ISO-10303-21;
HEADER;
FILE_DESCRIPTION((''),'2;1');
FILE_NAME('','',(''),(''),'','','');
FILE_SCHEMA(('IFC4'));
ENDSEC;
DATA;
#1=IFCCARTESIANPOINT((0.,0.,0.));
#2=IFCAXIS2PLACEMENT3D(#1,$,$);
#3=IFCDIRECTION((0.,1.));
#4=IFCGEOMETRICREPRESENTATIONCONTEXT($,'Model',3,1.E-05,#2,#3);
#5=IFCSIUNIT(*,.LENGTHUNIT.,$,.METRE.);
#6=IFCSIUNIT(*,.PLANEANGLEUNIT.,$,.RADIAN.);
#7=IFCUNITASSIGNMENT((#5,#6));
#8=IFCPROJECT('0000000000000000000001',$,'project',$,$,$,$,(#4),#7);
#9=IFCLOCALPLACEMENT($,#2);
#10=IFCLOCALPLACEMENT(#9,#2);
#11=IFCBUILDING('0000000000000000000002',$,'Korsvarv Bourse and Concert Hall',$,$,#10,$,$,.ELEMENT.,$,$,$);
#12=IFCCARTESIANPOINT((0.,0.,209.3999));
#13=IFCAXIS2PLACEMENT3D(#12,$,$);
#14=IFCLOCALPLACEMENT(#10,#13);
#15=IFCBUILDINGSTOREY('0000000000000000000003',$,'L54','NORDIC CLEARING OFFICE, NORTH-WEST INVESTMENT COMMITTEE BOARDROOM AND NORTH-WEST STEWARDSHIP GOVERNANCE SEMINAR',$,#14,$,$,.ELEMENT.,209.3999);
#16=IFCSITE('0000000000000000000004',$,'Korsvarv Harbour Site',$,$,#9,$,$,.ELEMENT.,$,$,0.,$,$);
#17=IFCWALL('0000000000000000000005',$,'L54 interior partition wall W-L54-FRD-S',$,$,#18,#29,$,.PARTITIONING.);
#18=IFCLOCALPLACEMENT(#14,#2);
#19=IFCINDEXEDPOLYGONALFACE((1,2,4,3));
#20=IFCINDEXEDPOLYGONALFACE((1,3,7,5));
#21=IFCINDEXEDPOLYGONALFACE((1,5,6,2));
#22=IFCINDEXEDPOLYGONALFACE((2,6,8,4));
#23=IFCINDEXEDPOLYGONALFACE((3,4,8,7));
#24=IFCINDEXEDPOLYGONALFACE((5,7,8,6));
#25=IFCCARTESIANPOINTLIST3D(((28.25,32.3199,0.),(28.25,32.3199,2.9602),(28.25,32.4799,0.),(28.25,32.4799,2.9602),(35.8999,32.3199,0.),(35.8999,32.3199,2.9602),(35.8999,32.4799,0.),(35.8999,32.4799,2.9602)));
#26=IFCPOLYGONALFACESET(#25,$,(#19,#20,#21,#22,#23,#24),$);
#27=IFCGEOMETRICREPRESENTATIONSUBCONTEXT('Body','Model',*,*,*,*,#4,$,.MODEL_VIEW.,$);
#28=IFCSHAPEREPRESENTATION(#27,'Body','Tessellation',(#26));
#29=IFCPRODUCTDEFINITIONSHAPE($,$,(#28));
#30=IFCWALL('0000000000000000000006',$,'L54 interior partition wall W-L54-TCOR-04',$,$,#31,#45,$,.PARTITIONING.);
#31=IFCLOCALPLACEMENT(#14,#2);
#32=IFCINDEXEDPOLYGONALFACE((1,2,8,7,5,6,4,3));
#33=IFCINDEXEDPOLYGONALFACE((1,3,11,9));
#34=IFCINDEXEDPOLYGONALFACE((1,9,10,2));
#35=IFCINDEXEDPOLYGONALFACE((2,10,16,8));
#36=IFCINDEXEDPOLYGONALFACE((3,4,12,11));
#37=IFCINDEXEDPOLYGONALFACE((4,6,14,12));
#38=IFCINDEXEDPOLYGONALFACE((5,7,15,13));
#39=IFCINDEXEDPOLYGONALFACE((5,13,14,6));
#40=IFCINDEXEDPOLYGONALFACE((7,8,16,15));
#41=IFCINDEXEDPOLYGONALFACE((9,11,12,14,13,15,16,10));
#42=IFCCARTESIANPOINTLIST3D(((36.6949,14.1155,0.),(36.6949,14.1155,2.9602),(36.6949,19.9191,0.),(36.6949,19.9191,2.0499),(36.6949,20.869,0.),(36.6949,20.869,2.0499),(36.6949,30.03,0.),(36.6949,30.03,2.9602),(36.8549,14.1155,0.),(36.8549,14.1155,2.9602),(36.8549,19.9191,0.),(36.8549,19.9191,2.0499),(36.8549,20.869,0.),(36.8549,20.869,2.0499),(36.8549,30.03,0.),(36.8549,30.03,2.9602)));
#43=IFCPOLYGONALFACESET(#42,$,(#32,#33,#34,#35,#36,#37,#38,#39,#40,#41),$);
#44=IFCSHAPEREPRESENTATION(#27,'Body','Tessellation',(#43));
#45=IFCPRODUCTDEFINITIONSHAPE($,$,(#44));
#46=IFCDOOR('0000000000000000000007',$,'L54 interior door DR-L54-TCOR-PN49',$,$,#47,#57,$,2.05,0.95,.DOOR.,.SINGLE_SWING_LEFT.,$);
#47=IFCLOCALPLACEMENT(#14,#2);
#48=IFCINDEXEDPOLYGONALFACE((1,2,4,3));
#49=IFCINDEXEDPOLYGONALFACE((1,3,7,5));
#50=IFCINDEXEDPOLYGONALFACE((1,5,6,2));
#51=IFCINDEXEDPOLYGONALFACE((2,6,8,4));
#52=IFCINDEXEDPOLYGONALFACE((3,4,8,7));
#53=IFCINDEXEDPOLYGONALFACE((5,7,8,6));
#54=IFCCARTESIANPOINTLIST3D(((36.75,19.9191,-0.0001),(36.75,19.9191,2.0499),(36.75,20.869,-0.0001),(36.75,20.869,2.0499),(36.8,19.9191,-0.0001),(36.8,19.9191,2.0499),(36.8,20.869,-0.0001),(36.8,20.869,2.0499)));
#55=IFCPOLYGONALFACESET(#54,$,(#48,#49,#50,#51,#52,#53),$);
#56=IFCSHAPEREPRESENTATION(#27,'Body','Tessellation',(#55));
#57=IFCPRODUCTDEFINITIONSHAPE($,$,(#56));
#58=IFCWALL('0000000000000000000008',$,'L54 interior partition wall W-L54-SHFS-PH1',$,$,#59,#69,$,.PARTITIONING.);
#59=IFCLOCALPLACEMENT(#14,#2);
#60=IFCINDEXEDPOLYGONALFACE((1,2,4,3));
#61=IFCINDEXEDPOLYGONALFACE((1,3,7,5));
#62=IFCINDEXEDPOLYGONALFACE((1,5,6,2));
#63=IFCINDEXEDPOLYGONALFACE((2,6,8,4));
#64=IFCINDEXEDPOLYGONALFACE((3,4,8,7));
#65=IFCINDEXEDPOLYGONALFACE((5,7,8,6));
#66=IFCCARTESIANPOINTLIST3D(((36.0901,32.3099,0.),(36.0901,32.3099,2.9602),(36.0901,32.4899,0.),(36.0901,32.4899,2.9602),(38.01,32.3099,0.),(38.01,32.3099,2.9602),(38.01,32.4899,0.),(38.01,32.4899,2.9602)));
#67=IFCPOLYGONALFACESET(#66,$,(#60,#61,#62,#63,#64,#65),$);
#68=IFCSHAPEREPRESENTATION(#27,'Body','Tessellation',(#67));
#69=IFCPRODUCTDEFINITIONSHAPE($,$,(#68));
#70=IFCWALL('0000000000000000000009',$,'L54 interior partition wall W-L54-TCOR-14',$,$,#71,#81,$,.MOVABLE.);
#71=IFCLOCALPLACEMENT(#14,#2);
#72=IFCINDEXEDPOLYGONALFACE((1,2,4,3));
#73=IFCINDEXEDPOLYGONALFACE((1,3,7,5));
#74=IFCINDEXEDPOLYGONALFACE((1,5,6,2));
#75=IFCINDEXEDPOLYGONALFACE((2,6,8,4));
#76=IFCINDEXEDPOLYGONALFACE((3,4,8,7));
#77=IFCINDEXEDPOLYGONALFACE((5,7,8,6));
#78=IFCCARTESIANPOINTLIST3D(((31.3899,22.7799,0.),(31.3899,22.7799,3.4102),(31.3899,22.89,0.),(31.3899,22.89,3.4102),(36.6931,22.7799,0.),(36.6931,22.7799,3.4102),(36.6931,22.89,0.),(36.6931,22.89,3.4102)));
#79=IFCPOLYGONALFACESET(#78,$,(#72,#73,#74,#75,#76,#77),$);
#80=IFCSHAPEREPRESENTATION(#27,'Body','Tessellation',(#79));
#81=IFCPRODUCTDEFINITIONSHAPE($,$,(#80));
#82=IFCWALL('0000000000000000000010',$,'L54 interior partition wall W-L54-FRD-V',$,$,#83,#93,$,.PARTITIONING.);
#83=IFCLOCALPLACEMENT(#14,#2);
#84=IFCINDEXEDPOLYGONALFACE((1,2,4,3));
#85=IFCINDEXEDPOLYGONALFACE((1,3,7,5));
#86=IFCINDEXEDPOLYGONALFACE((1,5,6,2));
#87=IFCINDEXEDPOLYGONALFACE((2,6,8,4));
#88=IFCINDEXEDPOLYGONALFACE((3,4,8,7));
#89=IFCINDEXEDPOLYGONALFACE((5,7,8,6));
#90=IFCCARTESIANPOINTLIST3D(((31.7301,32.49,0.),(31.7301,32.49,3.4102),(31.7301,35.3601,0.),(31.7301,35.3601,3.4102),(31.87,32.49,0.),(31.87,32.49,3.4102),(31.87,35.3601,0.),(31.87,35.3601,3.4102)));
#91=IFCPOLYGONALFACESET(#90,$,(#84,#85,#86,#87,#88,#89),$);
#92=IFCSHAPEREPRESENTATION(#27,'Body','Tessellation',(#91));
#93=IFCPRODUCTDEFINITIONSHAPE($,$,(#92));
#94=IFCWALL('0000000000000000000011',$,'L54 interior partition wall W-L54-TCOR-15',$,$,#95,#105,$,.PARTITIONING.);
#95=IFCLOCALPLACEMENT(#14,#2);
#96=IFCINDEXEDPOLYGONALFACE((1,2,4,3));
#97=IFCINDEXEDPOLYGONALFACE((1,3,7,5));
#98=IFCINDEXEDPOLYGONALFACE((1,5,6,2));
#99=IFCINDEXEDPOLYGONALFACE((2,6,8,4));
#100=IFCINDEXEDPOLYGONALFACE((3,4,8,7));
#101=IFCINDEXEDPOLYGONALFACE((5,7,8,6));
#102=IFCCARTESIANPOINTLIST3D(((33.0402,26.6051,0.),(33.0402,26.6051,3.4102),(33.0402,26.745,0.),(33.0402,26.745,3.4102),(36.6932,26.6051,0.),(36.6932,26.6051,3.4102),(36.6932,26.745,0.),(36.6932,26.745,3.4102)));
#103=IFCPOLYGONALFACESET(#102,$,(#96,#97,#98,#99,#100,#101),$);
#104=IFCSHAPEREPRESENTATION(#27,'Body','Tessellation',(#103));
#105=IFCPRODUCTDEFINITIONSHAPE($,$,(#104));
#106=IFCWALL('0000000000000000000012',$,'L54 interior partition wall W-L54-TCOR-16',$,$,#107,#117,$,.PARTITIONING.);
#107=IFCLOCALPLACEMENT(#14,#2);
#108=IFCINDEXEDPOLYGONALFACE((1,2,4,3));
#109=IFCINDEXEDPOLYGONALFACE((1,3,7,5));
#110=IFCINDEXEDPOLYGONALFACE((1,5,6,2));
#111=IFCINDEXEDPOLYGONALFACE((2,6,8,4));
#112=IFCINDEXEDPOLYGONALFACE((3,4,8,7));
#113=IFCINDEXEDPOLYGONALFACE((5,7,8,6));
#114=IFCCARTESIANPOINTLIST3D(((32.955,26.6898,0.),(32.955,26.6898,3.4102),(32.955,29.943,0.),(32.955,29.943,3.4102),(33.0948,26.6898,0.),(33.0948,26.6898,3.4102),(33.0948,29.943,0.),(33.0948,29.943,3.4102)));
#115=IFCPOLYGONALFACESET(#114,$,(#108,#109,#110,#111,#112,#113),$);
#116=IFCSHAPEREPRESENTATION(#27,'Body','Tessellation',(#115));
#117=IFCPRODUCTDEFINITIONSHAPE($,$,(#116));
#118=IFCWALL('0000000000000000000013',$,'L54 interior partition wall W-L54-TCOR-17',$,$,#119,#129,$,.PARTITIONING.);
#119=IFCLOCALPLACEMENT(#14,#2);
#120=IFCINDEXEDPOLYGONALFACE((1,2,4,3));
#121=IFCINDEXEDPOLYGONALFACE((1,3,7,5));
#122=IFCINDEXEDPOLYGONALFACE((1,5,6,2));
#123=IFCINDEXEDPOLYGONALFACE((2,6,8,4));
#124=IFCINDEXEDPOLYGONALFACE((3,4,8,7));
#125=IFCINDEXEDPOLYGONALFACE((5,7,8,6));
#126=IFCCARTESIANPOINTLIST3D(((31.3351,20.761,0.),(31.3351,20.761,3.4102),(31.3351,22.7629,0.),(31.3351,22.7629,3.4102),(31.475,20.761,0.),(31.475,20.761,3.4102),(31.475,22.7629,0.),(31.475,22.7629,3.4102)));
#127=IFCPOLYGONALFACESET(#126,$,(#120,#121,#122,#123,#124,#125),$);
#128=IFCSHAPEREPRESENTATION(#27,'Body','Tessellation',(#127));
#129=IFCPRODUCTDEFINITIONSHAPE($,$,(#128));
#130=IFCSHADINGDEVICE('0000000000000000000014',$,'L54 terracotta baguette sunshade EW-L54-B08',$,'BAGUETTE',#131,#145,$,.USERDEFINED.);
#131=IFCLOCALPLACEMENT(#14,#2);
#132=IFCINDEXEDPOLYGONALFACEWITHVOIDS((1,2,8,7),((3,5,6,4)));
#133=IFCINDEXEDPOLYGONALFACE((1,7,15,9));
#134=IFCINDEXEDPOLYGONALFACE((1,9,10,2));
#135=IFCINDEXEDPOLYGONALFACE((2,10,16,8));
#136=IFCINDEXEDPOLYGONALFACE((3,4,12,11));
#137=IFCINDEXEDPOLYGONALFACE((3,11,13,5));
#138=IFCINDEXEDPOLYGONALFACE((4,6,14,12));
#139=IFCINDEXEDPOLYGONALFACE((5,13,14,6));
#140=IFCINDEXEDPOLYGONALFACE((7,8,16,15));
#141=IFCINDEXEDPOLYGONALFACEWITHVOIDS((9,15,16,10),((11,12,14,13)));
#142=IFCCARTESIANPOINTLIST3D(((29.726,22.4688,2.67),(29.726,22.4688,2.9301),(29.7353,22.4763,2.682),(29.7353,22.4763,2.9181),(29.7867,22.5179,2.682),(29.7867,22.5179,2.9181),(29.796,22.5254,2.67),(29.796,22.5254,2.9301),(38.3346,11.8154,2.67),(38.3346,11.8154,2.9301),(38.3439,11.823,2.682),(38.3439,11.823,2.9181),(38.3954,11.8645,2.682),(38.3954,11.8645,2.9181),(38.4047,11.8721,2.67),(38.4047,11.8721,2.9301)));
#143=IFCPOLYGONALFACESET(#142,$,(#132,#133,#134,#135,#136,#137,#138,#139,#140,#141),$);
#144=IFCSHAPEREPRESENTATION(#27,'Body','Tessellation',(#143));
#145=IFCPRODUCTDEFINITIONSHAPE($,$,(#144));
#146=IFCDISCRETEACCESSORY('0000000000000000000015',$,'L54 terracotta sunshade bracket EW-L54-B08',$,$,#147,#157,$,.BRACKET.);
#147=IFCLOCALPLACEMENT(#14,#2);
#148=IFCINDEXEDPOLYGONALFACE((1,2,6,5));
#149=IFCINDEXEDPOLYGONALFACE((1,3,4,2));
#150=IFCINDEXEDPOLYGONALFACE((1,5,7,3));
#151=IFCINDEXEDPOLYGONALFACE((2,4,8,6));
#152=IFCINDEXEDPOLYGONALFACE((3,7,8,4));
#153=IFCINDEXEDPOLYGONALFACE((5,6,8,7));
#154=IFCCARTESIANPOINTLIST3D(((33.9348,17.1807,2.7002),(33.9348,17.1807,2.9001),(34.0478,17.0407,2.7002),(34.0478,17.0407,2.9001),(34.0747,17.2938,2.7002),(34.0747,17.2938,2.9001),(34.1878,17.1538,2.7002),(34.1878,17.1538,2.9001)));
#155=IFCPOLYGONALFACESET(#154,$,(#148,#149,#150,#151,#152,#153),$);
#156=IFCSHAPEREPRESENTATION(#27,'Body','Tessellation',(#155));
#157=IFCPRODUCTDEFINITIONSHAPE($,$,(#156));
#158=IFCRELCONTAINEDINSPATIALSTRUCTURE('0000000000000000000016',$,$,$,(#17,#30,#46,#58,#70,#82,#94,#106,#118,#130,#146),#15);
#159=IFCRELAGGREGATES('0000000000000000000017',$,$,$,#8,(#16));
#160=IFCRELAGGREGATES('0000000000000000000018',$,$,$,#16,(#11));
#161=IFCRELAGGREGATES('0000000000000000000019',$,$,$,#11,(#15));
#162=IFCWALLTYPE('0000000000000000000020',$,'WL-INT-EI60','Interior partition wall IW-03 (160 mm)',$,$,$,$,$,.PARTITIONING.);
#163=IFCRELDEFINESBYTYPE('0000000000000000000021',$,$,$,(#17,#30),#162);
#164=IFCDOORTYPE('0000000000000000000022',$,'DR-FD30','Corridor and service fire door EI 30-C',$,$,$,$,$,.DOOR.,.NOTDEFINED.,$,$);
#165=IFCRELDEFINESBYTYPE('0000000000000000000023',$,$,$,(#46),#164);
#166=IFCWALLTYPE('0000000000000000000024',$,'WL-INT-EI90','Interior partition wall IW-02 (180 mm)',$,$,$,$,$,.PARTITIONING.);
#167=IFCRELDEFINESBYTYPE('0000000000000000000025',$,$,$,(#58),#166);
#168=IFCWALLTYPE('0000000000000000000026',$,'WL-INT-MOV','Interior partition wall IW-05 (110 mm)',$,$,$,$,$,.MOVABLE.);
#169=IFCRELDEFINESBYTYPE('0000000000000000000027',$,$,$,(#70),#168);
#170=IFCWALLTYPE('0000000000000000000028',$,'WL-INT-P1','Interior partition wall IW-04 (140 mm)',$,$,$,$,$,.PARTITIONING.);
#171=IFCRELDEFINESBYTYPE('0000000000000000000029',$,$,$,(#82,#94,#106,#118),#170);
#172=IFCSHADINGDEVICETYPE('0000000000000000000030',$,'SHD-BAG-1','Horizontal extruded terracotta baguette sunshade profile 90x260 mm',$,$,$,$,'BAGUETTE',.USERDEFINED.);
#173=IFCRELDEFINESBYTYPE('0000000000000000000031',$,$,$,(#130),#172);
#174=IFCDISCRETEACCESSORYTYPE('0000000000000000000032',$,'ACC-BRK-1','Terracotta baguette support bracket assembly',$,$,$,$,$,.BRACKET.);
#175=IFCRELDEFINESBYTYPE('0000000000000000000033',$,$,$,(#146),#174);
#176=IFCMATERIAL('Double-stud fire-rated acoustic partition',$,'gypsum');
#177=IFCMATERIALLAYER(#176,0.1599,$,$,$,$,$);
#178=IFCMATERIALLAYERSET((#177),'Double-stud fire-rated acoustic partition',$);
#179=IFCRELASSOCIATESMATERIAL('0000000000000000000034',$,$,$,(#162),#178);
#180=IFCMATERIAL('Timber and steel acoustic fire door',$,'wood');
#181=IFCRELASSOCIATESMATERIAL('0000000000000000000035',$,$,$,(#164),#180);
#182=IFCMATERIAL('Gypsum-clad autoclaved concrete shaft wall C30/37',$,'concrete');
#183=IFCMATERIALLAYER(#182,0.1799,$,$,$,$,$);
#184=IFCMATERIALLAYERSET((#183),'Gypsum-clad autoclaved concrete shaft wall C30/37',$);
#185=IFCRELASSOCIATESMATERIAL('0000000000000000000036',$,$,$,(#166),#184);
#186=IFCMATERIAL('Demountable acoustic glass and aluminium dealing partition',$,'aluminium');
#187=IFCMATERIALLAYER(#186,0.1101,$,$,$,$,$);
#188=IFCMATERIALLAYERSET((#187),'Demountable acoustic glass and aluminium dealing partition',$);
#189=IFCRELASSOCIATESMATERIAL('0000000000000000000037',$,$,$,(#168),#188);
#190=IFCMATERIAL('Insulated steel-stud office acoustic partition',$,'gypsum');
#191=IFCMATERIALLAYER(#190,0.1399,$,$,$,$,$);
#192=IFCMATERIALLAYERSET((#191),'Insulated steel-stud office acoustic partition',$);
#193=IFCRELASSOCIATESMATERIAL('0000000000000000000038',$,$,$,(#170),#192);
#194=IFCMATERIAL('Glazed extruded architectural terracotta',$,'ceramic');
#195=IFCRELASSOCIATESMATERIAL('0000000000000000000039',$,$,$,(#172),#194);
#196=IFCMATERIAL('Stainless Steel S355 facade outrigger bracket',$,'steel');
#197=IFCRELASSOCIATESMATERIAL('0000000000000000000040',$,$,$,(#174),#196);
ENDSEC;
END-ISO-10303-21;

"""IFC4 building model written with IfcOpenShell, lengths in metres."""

from ifc_helpers import new_model, si_unit, direction, frame, frame_2d, origin, origin_2d, place, context, subcontext, project, spatial, rectangle, hollow_rectangle, extrude, source, transform, mapped, material, layer, layer_set, material_profile, profile_set, type_object, element, fill, save


model = new_model("IFC4")

# Units and contexts
model_context = context("Model", 3, precision=1e-05, world=origin(), true_north=direction((0.0, 1.0)))
body_context = subcontext(model_context, "Body", "Model", "MODEL_VIEW")
ifc_project = project(units=[si_unit("LENGTHUNIT", "METRE"), si_unit("PLANEANGLEUNIT", "RADIAN")], contexts=[model_context])

# Site, building, storey
site_placement = place(None, origin())
site = spatial("IfcSite", under=ifc_project, at=site_placement, Name="Korsvarv Harbour Site", CompositionType="ELEMENT", RefElevation=0.0)
building_placement = place(site_placement, origin())
building = spatial("IfcBuilding", under=site, at=building_placement, Name="Korsvarv Bourse and Concert Hall", CompositionType="ELEMENT")
storey_placement = place(building_placement, frame((0.0, 0.0, 209.3999)))
storey = spatial("IfcBuildingStorey", under=building, at=storey_placement, Name="L54", Description="NORDIC CLEARING OFFICE, NORTH-WEST INVESTMENT COMMITTEE BOARDROOM AND NORTH-WEST STEWARDSHIP GOVERNANCE SEMINAR", CompositionType="ELEMENT", Elevation=209.3999)

# Wall
ifc_material_1 = material(Name="Double-stud fire-rated acoustic partition", Category="gypsum")
ifc_layer_1 = layer(ifc_material_1, 0.1599)
ifc_layer_set_1 = layer_set([ifc_layer_1], Name="Double-stud fire-rated acoustic partition")
wall_type_1 = type_object("IfcWallType", Name="WL-INT-EI60", Description="Interior partition wall IW-03 (160 mm)", PredefinedType="PARTITIONING", material=ifc_layer_set_1)
wall_1_placement = place(storey_placement, frame((28.25, 32.3999, 0.0), z_axis=(0.0, 0.0, 1.0), x_axis=(1.0, 0.0, 0.0)))
element("IfcWall", 1, at=wall_1_placement, inside=storey, type_object=wall_type_1, Name="L54 interior partition wall W-L54-FRD-S", PredefinedType="PARTITIONING", context=body_context, shape_type="SweptSolid", body=[
    extrude(rectangle(XDim=7.6499, YDim=0.1599, at=frame_2d((3.825, 0.0))), origin(), (0.0, 0.0, 1.0), 2.9602),
])

# Wall, opening, door
wall_2_placement = place(storey_placement, frame((36.7749, 14.1155, 0.0), z_axis=(0.0, 0.0, 1.0), x_axis=(0.0, 1.0, 0.0)))
wall_2 = element("IfcWall", 2, at=wall_2_placement, inside=storey, type_object=wall_type_1, Name="L54 interior partition wall W-L54-TCOR-04", PredefinedType="PARTITIONING", context=body_context, shape_type="SweptSolid", body=[
    extrude(rectangle(XDim=15.9146, YDim=0.1599, at=frame_2d((7.9573, 0.0))), origin(), (0.0, 0.0, 1.0), 2.9602),
])
opening_1_placement = place(wall_2_placement, frame((5.8035, 0.0, 0.0)))
opening_1 = element("IfcOpeningElement", 3, at=opening_1_placement, cuts=wall_2, PredefinedType="OPENING", context=body_context, shape_type="SweptSolid", body=[
    extrude(rectangle(XDim=0.95, YDim=2.05, at=frame_2d((0.4751, 1.0249))), frame((0.0, 0.0898, 0.0), z_axis=(0.0, -1.0, 0.0), x_axis=(1.0, 0.0, 0.0)), (0.0, 0.0, 1.0), 0.1799),
])
ifc_material_2 = material(Name="Timber and steel acoustic fire door", Category="wood")
door_type = type_object("IfcDoorType", Name="DR-FD30", Description="Corridor and service fire door EI 30-C", OperationType="NOTDEFINED", PredefinedType="DOOR", material=ifc_material_2)
door_placement = place(opening_1_placement, origin())
door = element("IfcDoor", 4, at=door_placement, inside=storey, type_object=door_type, Name="L54 interior door DR-L54-TCOR-PN49", OperationType="SINGLE_SWING_LEFT", OverallHeight=2.05, OverallWidth=0.95, PredefinedType="DOOR", context=body_context, shape_type="SweptSolid", body=[
    extrude(rectangle(XDim=0.95, YDim=2.05, at=frame_2d((0.4751, 1.0249))), frame((0.0, 0.0249, 0.0), z_axis=(0.0, -1.0, 0.0), x_axis=(1.0, 0.0, 0.0)), (0.0, 0.0, 1.0), 0.05),
])
fill(opening_1, door)

# Walls
ifc_material_3 = material(Name="Gypsum-clad autoclaved concrete shaft wall C30/37", Category="concrete")
ifc_layer_2 = layer(ifc_material_3, 0.1799)
ifc_layer_set_2 = layer_set([ifc_layer_2], Name="Gypsum-clad autoclaved concrete shaft wall C30/37")
wall_type_2 = type_object("IfcWallType", Name="WL-INT-EI90", Description="Interior partition wall IW-02 (180 mm)", PredefinedType="PARTITIONING", material=ifc_layer_set_2)
wall_3_placement = place(storey_placement, frame((36.0901, 32.3999, 0.0), z_axis=(0.0, 0.0, 1.0), x_axis=(1.0, 0.0, 0.0)))
element("IfcWall", 5, at=wall_3_placement, inside=storey, type_object=wall_type_2, Name="L54 interior partition wall W-L54-SHFS-PH1", PredefinedType="PARTITIONING", context=body_context, shape_type="SweptSolid", body=[
    extrude(rectangle(XDim=1.9199, YDim=0.1799, at=frame_2d((0.96, 0.0))), origin(), (0.0, 0.0, 1.0), 2.9602),
])
ifc_material_4 = material(Name="Demountable acoustic glass and aluminium dealing partition", Category="aluminium")
ifc_layer_3 = layer(ifc_material_4, 0.1101)
ifc_layer_set_3 = layer_set([ifc_layer_3], Name="Demountable acoustic glass and aluminium dealing partition")
wall_type_3 = type_object("IfcWallType", Name="WL-INT-MOV", Description="Interior partition wall IW-05 (110 mm)", PredefinedType="MOVABLE", material=ifc_layer_set_3)
wall_4_placement = place(storey_placement, frame((31.3899, 22.835, 0.0), z_axis=(0.0, 0.0, 1.0), x_axis=(1.0, 0.0, 0.0)))
element("IfcWall", 6, at=wall_4_placement, inside=storey, type_object=wall_type_3, Name="L54 interior partition wall W-L54-TCOR-14", PredefinedType="MOVABLE", context=body_context, shape_type="SweptSolid", body=[
    extrude(rectangle(XDim=5.3032, YDim=0.1101, at=frame_2d((2.6516, 0.0))), origin(), (0.0, 0.0, 1.0), 3.4102),
])
ifc_material_5 = material(Name="Insulated steel-stud office acoustic partition", Category="gypsum")
ifc_layer_4 = layer(ifc_material_5, 0.1399)
ifc_layer_set_4 = layer_set([ifc_layer_4], Name="Insulated steel-stud office acoustic partition")
wall_type_4 = type_object("IfcWallType", Name="WL-INT-P1", Description="Interior partition wall IW-04 (140 mm)", PredefinedType="PARTITIONING", material=ifc_layer_set_4)
wall_5_placement = place(storey_placement, frame((31.8, 32.49, 0.0), z_axis=(0.0, 0.0, 1.0), x_axis=(0.0, 1.0, 0.0)))
element("IfcWall", 7, at=wall_5_placement, inside=storey, type_object=wall_type_4, Name="L54 interior partition wall W-L54-FRD-V", PredefinedType="PARTITIONING", context=body_context, shape_type="SweptSolid", body=[
    extrude(rectangle(XDim=2.8701, YDim=0.1399, at=frame_2d((1.4351, 0.0))), origin(), (0.0, 0.0, 1.0), 3.4102),
])
wall_6_placement = place(storey_placement, frame((33.04, 26.675, 0.0), z_axis=(0.0, 0.0, 1.0), x_axis=(1.0, 0.0, 0.0)))
element("IfcWall", 8, at=wall_6_placement, inside=storey, type_object=wall_type_4, Name="L54 interior partition wall W-L54-TCOR-15", PredefinedType="PARTITIONING", context=body_context, shape_type="SweptSolid", body=[
    extrude(rectangle(XDim=3.6531, YDim=0.1399, at=frame_2d((1.8267, 0.0))), origin(), (0.0, 0.0, 1.0), 3.4102),
])
wall_7_placement = place(storey_placement, frame((33.0249, 26.6899, 0.0), z_axis=(0.0, 0.0, 1.0), x_axis=(0.0, 1.0, 0.0)))
element("IfcWall", 9, at=wall_7_placement, inside=storey, type_object=wall_type_4, Name="L54 interior partition wall W-L54-TCOR-16", PredefinedType="PARTITIONING", context=body_context, shape_type="SweptSolid", body=[
    extrude(rectangle(XDim=3.2532, YDim=0.1399, at=frame_2d((1.6265, 0.0))), origin(), (0.0, 0.0, 1.0), 3.4102),
])
wall_8_placement = place(storey_placement, frame((31.405, 20.761, 0.0), z_axis=(0.0, 0.0, 1.0), x_axis=(0.0, 1.0, 0.0)))
element("IfcWall", 10, at=wall_8_placement, inside=storey, type_object=wall_type_4, Name="L54 interior partition wall W-L54-TCOR-17", PredefinedType="PARTITIONING", context=body_context, shape_type="SweptSolid", body=[
    extrude(rectangle(XDim=2.002, YDim=0.1399, at=frame_2d((1.001, 0.0))), origin(), (0.0, 0.0, 1.0), 3.4102),
])

# Shading device
ifc_material_6 = material(Name="Glazed extruded architectural terracotta", Category="ceramic")
ifc_material_profile_1 = material_profile(ifc_material_6, hollow_rectangle(XDim=0.0901, YDim=0.26, WallThickness=0.012, at=origin_2d()), Name="TC-BAG 90x260")
ifc_profile_set_1 = profile_set([ifc_material_profile_1], Name="Glazed extruded architectural terracotta")
shading_device_type = type_object("IfcShadingDeviceType", Name="SHD-BAG-1", Description="Horizontal extruded terracotta baguette sunshade profile 90x260 mm", ElementType="BAGUETTE", PredefinedType="USERDEFINED", material=ifc_profile_set_1)
shared_shape_1 = source(origin(), body_context, "Body", "SweptSolid", [
    extrude(hollow_rectangle(XDim=0.0901, YDim=0.26, WallThickness=0.012, at=origin_2d()), origin(), (0.0, 0.0, 1.0), 13.6968),
])
shading_device_placement = place(storey_placement, frame((29.761, 22.4971, 2.8), z_axis=(0.628515, -0.777797, 0.0), x_axis=(0.777797, 0.628515, 0.0)))
element("IfcShadingDevice", 11, at=shading_device_placement, inside=storey, type_object=shading_device_type, Name="L54 terracotta baguette sunshade EW-L54-B08", ObjectType="BAGUETTE", PredefinedType="USERDEFINED", context=body_context, shape_type="MappedRepresentation", body=[
    mapped(shared_shape_1, transform((0.0, 0.0, 0.0), scale=1.0)),
])

# Discrete accessory
ifc_material_7 = material(Name="Stainless Steel S355 facade outrigger bracket", Category="steel")
discrete_accessory_type = type_object("IfcDiscreteAccessoryType", Name="ACC-BRK-1", Description="Terracotta baguette support bracket assembly", PredefinedType="BRACKET", material=ifc_material_7)
shared_shape_2 = source(origin(), body_context, "Body", "SweptSolid", [
    extrude(rectangle(XDim=0.1799, YDim=0.1799, at=origin_2d()), origin(), (0.0, 0.0, 1.0), 0.2),
])
discrete_accessory_placement = place(storey_placement, frame((34.0613, 17.1672, 2.7002), z_axis=(0.0, 0.0, 1.0), x_axis=(0.628506, -0.777805, 0.0)))
element("IfcDiscreteAccessory", 12, at=discrete_accessory_placement, inside=storey, type_object=discrete_accessory_type, Name="L54 terracotta sunshade bracket EW-L54-B08", PredefinedType="BRACKET", context=body_context, shape_type="MappedRepresentation", body=[
    mapped(shared_shape_2, transform((0.0, 0.0, 0.0), scale=1.0)),
])

save(model, "model.ifc")
